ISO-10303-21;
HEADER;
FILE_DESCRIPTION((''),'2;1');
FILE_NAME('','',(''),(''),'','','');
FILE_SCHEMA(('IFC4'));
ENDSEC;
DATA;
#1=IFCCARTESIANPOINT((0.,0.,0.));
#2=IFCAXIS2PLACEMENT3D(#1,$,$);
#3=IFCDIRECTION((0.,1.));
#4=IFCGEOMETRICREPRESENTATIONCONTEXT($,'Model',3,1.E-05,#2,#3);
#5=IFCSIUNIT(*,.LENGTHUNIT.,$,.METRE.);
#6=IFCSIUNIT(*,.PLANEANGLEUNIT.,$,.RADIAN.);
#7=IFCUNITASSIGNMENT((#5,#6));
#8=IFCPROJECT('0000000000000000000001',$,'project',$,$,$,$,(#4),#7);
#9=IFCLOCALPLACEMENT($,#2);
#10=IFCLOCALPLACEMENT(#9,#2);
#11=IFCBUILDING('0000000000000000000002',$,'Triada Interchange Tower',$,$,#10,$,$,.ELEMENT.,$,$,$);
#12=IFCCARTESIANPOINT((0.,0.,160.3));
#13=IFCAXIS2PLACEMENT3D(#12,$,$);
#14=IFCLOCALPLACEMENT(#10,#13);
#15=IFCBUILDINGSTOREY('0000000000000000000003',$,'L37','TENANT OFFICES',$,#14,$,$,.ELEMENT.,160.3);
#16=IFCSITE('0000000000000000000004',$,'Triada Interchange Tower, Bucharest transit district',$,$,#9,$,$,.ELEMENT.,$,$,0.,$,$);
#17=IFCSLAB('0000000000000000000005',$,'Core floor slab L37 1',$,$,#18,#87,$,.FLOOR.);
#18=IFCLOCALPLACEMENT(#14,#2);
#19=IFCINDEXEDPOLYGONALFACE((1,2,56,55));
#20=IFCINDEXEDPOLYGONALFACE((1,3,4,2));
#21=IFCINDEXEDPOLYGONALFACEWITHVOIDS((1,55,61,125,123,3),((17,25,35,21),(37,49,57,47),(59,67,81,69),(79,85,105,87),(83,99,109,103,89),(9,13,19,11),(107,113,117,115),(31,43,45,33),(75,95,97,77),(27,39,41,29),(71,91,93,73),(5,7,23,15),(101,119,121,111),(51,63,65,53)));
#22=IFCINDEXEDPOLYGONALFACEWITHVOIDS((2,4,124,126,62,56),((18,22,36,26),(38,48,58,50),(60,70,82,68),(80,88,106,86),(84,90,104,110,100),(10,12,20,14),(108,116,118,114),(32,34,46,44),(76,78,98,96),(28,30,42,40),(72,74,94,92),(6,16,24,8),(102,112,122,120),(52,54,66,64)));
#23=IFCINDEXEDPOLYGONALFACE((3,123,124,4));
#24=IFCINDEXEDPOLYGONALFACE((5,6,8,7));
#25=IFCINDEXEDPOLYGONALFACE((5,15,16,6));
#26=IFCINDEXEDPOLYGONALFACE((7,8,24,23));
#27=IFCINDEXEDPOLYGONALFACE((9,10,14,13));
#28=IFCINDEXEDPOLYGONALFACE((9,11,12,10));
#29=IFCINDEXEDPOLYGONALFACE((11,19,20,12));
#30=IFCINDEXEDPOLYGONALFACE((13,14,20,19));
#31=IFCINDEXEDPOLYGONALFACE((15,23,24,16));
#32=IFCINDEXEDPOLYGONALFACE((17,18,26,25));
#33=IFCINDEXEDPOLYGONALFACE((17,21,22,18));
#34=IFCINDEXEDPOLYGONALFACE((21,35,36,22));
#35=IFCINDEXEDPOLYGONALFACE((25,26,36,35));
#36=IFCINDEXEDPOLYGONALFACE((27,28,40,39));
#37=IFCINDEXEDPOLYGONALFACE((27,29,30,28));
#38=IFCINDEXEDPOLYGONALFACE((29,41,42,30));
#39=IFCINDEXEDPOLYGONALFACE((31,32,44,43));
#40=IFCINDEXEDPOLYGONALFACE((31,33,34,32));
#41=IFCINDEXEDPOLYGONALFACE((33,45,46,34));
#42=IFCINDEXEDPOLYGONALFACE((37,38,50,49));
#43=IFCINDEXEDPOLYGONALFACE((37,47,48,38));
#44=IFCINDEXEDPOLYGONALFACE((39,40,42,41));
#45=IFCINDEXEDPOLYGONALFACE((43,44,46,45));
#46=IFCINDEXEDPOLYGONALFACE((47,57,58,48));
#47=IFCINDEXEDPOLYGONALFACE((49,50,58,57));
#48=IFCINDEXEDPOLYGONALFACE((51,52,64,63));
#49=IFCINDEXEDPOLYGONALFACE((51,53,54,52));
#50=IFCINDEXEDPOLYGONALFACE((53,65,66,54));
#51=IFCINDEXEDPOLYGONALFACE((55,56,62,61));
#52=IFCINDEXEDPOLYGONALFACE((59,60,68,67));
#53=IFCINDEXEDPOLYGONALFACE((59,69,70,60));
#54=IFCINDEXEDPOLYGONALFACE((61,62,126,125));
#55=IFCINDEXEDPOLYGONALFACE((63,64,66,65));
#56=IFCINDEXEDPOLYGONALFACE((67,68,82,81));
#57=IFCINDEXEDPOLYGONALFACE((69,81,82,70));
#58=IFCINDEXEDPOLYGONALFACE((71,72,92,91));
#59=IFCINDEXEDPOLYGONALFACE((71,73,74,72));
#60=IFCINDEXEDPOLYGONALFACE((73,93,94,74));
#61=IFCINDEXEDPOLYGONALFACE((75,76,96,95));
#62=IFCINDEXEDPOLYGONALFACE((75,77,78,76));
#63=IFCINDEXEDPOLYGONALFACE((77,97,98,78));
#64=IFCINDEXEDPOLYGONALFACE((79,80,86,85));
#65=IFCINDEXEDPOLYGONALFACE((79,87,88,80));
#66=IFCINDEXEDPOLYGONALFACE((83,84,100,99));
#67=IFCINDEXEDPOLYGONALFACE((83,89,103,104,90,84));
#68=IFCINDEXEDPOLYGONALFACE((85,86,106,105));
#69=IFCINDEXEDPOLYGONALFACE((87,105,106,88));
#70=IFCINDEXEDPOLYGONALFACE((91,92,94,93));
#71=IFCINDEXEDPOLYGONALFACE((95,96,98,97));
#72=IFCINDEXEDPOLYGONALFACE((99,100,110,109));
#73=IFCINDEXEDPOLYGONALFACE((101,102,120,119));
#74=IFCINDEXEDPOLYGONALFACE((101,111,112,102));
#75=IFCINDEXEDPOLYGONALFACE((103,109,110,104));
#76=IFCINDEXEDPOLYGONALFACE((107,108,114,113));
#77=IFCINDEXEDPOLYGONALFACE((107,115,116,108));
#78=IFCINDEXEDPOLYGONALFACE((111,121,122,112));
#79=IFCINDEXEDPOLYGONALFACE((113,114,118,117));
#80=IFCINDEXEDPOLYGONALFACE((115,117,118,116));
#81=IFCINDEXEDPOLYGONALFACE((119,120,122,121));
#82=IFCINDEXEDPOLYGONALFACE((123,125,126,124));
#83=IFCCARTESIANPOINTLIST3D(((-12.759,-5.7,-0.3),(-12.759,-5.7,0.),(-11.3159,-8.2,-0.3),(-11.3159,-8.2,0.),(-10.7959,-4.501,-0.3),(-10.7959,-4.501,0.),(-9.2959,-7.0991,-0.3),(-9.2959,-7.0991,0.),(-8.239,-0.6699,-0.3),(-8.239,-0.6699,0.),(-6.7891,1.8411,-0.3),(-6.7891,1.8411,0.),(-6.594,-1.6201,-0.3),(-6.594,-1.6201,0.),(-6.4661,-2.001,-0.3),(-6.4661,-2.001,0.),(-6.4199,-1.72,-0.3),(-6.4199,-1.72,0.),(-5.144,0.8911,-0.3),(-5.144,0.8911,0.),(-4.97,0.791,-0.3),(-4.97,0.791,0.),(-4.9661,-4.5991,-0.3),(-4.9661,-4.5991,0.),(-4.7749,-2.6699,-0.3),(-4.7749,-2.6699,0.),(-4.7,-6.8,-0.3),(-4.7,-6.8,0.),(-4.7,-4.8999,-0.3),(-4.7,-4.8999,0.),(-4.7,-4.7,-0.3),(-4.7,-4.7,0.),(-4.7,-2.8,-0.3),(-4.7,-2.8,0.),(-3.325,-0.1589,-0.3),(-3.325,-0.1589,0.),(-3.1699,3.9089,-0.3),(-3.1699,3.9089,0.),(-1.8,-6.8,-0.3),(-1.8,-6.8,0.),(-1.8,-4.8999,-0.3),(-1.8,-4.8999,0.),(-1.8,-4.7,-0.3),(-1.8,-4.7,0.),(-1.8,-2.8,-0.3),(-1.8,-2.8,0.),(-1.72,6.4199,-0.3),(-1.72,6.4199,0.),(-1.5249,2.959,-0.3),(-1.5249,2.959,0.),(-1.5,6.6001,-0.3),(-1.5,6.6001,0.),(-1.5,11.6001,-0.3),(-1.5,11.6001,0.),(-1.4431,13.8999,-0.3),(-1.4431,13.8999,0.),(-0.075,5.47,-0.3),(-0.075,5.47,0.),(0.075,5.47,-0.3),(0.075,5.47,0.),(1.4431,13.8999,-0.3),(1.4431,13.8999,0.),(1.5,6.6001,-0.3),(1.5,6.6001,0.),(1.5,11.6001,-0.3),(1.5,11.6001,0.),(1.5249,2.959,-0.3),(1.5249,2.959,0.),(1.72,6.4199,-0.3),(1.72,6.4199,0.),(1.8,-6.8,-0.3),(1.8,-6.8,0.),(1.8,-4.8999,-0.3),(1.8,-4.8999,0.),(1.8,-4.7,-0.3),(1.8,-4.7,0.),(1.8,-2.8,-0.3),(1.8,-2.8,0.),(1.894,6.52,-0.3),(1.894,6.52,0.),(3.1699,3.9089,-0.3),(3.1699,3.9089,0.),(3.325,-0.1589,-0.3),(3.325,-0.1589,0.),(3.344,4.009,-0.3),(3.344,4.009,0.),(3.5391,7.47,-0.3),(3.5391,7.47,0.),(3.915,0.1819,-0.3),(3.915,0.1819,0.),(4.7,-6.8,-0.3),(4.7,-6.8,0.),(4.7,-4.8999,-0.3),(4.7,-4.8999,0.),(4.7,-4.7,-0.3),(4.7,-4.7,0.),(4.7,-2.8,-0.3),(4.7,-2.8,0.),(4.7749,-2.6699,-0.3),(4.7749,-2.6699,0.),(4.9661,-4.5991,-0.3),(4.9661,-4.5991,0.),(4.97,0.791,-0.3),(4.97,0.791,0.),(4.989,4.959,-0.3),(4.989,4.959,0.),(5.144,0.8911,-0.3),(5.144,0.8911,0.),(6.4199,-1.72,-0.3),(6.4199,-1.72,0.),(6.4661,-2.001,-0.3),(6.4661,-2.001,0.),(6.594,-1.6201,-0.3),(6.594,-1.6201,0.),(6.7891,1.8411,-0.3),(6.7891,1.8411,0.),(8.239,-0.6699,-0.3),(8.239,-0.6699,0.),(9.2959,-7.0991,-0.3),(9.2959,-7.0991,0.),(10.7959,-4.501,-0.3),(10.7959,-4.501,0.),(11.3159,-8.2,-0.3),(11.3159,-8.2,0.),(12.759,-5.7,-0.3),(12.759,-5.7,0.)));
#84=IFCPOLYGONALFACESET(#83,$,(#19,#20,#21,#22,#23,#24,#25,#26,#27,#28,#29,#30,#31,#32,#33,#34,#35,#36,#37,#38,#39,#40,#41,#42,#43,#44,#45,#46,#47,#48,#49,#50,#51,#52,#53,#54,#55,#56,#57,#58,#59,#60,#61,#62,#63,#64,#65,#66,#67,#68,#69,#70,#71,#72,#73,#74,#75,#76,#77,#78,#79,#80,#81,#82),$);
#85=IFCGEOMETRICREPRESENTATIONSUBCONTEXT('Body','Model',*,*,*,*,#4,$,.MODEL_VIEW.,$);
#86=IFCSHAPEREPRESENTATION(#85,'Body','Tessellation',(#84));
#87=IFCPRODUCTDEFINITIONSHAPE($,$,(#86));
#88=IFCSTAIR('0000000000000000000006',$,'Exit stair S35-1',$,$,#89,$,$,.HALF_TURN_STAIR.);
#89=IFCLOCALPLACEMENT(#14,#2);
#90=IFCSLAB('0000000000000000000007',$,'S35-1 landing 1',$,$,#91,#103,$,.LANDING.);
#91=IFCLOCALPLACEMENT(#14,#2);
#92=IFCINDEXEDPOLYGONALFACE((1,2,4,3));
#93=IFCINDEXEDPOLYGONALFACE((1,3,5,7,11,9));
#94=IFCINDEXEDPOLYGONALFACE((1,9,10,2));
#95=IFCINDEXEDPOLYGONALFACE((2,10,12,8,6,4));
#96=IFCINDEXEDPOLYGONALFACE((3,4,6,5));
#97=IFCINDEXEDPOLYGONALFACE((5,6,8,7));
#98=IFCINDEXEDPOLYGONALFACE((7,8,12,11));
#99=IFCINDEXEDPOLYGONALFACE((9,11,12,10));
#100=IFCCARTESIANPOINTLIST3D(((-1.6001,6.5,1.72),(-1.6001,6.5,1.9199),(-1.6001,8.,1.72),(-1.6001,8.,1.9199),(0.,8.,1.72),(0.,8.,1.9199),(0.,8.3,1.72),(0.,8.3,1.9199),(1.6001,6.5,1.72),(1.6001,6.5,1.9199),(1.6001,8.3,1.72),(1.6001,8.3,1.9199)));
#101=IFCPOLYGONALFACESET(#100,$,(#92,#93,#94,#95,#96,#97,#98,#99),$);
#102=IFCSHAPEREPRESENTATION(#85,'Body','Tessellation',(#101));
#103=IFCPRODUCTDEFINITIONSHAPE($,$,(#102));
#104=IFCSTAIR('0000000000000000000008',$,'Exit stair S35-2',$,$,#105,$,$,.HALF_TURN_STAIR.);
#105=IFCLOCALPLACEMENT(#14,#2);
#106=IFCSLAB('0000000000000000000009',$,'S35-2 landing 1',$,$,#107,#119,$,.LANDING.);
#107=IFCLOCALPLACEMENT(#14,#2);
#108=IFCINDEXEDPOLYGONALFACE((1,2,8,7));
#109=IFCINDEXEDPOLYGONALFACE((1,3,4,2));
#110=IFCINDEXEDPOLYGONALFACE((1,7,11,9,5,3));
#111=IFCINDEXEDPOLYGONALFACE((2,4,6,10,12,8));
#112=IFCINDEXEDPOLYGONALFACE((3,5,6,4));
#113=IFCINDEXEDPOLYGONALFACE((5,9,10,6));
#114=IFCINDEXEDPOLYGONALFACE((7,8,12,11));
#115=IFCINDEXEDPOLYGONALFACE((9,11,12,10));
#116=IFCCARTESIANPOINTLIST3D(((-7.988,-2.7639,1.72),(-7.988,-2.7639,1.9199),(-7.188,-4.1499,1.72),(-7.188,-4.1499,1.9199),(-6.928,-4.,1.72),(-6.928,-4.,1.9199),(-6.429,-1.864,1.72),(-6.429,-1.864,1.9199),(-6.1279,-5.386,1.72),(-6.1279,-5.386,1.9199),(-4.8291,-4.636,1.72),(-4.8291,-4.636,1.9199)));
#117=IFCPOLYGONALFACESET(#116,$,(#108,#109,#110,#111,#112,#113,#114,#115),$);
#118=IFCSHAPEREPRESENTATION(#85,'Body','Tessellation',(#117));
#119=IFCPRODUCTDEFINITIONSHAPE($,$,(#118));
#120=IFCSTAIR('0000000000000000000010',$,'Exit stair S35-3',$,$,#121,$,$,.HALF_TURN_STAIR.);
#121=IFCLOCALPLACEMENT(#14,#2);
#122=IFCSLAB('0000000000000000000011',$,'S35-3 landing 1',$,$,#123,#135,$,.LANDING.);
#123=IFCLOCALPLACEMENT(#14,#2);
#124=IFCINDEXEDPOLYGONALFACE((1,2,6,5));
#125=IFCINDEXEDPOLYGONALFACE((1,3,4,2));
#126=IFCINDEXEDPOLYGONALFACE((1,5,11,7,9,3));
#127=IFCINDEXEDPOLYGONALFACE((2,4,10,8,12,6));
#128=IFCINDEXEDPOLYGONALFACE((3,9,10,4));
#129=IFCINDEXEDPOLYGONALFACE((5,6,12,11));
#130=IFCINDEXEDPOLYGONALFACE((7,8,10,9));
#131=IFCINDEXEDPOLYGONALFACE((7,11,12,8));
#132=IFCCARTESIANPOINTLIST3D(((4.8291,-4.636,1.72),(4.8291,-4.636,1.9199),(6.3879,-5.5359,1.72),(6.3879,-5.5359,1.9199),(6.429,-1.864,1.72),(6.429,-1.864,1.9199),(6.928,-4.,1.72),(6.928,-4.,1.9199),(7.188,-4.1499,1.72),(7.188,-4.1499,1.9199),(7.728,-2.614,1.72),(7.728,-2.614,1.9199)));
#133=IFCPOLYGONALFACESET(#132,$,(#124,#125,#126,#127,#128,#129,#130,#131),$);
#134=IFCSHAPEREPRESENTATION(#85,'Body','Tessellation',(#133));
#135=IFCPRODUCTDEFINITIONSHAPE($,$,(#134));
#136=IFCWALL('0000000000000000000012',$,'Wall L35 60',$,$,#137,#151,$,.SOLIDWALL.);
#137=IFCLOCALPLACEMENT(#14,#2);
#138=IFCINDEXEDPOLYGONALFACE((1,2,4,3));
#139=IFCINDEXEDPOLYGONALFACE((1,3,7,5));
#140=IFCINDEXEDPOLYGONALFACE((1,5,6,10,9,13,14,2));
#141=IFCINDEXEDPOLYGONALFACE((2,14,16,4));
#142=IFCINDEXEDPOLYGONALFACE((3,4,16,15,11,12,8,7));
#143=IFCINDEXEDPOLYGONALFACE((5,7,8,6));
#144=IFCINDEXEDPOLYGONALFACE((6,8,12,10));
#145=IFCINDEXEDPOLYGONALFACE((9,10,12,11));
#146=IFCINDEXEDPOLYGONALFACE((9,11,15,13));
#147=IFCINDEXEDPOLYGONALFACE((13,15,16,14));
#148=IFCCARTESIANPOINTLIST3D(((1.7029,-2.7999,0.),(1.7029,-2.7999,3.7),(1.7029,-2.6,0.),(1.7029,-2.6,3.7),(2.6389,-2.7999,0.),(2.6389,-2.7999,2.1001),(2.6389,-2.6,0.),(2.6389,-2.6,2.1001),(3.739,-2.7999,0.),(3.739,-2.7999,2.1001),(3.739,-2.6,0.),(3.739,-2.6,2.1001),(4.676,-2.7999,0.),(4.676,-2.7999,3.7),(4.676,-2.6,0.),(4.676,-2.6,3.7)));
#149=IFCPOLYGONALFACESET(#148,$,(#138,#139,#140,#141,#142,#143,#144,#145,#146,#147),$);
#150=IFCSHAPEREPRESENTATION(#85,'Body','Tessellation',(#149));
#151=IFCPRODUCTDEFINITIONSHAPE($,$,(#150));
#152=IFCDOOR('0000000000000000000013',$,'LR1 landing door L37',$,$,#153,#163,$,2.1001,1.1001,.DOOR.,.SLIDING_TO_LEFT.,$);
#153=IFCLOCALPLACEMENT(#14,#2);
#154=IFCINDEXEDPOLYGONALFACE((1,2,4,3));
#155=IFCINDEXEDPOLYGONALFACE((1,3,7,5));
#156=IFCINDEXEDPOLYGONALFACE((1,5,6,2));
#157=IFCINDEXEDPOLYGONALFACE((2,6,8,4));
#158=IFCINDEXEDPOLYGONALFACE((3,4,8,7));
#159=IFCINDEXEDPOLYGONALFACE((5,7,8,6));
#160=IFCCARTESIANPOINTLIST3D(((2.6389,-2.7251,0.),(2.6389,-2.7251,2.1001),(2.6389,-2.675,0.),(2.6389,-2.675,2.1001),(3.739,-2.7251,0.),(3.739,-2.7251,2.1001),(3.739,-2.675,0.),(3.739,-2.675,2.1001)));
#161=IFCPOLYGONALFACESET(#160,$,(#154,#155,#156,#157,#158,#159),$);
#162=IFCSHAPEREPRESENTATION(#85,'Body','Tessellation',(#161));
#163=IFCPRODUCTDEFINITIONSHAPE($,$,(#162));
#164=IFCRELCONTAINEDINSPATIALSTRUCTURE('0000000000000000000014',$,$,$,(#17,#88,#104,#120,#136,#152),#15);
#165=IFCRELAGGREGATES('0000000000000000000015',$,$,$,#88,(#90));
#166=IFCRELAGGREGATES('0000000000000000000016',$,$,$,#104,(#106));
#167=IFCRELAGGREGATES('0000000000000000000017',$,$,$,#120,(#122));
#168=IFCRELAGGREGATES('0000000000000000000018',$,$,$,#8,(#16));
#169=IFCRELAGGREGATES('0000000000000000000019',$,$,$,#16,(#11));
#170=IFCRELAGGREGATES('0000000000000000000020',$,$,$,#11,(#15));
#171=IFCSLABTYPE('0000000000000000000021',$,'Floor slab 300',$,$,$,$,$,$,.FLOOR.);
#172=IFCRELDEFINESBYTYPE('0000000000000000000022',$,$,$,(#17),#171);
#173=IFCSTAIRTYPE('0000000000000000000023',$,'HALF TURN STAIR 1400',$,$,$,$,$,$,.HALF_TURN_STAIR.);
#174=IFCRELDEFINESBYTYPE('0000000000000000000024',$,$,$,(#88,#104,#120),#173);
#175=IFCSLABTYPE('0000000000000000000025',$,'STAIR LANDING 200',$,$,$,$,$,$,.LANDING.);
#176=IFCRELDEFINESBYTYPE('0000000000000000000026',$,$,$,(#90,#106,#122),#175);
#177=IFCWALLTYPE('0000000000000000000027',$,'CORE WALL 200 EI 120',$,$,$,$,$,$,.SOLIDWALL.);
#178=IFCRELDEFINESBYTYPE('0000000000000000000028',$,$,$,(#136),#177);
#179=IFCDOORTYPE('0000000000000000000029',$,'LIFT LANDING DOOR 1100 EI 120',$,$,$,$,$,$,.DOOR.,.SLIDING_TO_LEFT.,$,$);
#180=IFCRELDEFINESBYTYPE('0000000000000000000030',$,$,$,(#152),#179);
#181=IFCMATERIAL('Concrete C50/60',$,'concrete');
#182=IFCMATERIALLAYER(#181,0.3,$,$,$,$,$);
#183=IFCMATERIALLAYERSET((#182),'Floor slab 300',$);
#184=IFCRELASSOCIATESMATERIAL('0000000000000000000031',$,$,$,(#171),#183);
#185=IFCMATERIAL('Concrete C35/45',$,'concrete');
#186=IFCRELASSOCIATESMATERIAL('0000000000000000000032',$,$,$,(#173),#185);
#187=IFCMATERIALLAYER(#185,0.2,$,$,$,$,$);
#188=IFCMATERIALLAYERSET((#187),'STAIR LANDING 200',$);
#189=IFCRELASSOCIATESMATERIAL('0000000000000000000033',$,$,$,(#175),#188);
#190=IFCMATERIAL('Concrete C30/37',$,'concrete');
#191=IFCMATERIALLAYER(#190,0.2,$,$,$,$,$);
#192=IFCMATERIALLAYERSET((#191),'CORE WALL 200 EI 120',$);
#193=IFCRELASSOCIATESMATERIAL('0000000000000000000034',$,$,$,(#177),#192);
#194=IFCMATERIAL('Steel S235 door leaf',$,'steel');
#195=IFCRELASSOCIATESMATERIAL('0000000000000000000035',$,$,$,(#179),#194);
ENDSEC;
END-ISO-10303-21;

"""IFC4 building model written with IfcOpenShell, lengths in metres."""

from ifc_helpers import new_model, si_unit, direction, frame, frame_2d, origin, place, context, subcontext, project, spatial, polyline, rectangle, outline, extrude, material, layer, layer_set, type_object, element, fill, aggregate, save


model = new_model("IFC4")

# Units and contexts
model_context = context("Model", 3, precision=1e-05, world=origin(), true_north=direction((0.0, 1.0)))
body_context = subcontext(model_context, "Body", "Model", "MODEL_VIEW")
ifc_project = project(units=[si_unit("LENGTHUNIT", "METRE"), si_unit("PLANEANGLEUNIT", "RADIAN")], contexts=[model_context])

# Site, building, storey
site_placement = place(None, origin())
site = spatial("IfcSite", under=ifc_project, at=site_placement, Name="Triada Interchange Tower, Bucharest transit district", CompositionType="ELEMENT", RefElevation=0.0)
building_placement = place(site_placement, origin())
building = spatial("IfcBuilding", under=site, at=building_placement, Name="Triada Interchange Tower", CompositionType="ELEMENT")
storey_placement = place(building_placement, frame((0.0, 0.0, 160.3)))
storey = spatial("IfcBuildingStorey", under=building, at=storey_placement, Name="L37", Description="TENANT OFFICES", CompositionType="ELEMENT", Elevation=160.3)

# Slab
ifc_material_1 = material(Name="Concrete C50/60", Category="concrete")
ifc_layer_1 = layer(ifc_material_1, 0.3)
ifc_layer_set_1 = layer_set([ifc_layer_1], Name="Floor slab 300")
slab_type_1 = type_object("IfcSlabType", Name="Floor slab 300", PredefinedType="FLOOR", material=ifc_layer_set_1)
slab_1_placement = place(storey_placement, frame((0.0, 0.0, -0.3)))
element("IfcSlab", 1, at=slab_1_placement, inside=storey, type_object=slab_type_1, Name="Core floor slab L37 1", PredefinedType="FLOOR", context=body_context, shape_type="SweptSolid", body=[
    extrude(outline(polyline([(12.759, -5.7), (11.3159, -8.2), (-11.3159, -8.2), (-12.759, -5.7), (-1.4431, 13.8999), (1.4431, 13.8999), (12.759, -5.7)]), holes=[polyline([(9.2959, -7.0991), (10.7959, -4.501), (6.4661, -2.001), (4.9661, -4.5991), (9.2959, -7.0991)]), polyline([(6.7891, 1.8411), (5.144, 0.8911), (6.594, -1.6201), (8.239, -0.6699), (6.7891, 1.8411)]), polyline([(4.7749, -2.6699), (6.4199, -1.72), (4.97, 0.791), (3.915, 0.1819), (3.325, -0.1589), (4.7749, -2.6699)]), polyline([(1.894, 6.52), (3.344, 4.009), (4.989, 4.959), (3.5391, 7.47), (1.894, 6.52)]), polyline([(4.7, -6.8), (4.7, -4.8999), (1.8, -4.8999), (1.8, -6.8), (4.7, -6.8)]), polyline([(4.7, -2.8), (1.8, -2.8), (1.8, -4.7), (4.7, -4.7), (4.7, -2.8)]), polyline([(0.075, 5.47), (1.5249, 2.959), (3.1699, 3.9089), (1.72, 6.4199), (0.075, 5.47)]), polyline([(1.5, 11.6001), (-1.5, 11.6001), (-1.5, 6.6001), (1.5, 6.6001), (1.5, 11.6001)]), polyline([(-1.5249, 2.959), (-0.075, 5.47), (-1.72, 6.4199), (-3.1699, 3.9089), (-1.5249, 2.959)]), polyline([(-1.8, -2.8), (-4.7, -2.8), (-4.7, -4.7), (-1.8, -4.7), (-1.8, -2.8)]), polyline([(-4.7, -6.8), (-1.8, -6.8), (-1.8, -4.8999), (-4.7, -4.8999), (-4.7, -6.8)]), polyline([(-4.7749, -2.6699), (-3.325, -0.1589), (-4.97, 0.791), (-6.4199, -1.72), (-4.7749, -2.6699)]), polyline([(-10.7959, -4.501), (-9.2959, -7.0991), (-4.9661, -4.5991), (-6.4661, -2.001), (-10.7959, -4.501)]), polyline([(-6.594, -1.6201), (-5.144, 0.8911), (-6.7891, 1.8411), (-8.239, -0.6699), (-6.594, -1.6201)])]), origin(), (0.0, 0.0, 1.0), 0.3),
])

# Stairs, slabs
ifc_material_2 = material(Name="Concrete C35/45", Category="concrete")
stair_type = type_object("IfcStairType", Name="HALF TURN STAIR 1400", PredefinedType="HALF_TURN_STAIR", material=ifc_material_2)
stair_1_placement = place(storey_placement, origin())
stair_1 = element("IfcStair", 2, at=stair_1_placement, inside=storey, type_object=stair_type, Name="Exit stair S35-1", PredefinedType="HALF_TURN_STAIR")
ifc_layer_2 = layer(ifc_material_2, 0.2)
ifc_layer_set_2 = layer_set([ifc_layer_2], Name="STAIR LANDING 200")
slab_type_2 = type_object("IfcSlabType", Name="STAIR LANDING 200", PredefinedType="LANDING", material=ifc_layer_set_2)
slab_2_placement = place(storey_placement, frame((0.0, 0.0, 1.72)))
slab_2 = element("IfcSlab", 3, at=slab_2_placement, type_object=slab_type_2, Name="S35-1 landing 1", PredefinedType="LANDING", context=body_context, shape_type="SweptSolid", body=[
    extrude(outline(polyline([(1.6001, 6.5), (1.6001, 8.3), (0.0, 8.3), (0.0, 8.0), (-1.6001, 8.0), (-1.6001, 6.5), (1.6001, 6.5)])), origin(), (0.0, 0.0, 1.0), 0.2),
])
aggregate(stair_1, [slab_2])
stair_2_placement = place(storey_placement, origin())
stair_2 = element("IfcStair", 4, at=stair_2_placement, inside=storey, type_object=stair_type, Name="Exit stair S35-2", PredefinedType="HALF_TURN_STAIR")
slab_3_placement = place(storey_placement, frame((0.0, 0.0, 1.72)))
slab_3 = element("IfcSlab", 5, at=slab_3_placement, type_object=slab_type_2, Name="S35-2 landing 1", PredefinedType="LANDING", context=body_context, shape_type="SweptSolid", body=[
    extrude(outline(polyline([(-6.429, -1.864), (-7.988, -2.7639), (-7.188, -4.1499), (-6.928, -4.0), (-6.1279, -5.386), (-4.8291, -4.636), (-6.429, -1.864)])), origin(), (0.0, 0.0, 1.0), 0.2),
])
aggregate(stair_2, [slab_3])
stair_3_placement = place(storey_placement, origin())
stair_3 = element("IfcStair", 6, at=stair_3_placement, inside=storey, type_object=stair_type, Name="Exit stair S35-3", PredefinedType="HALF_TURN_STAIR")
slab_4_placement = place(storey_placement, frame((0.0, 0.0, 1.72)))
slab_4 = element("IfcSlab", 7, at=slab_4_placement, type_object=slab_type_2, Name="S35-3 landing 1", PredefinedType="LANDING", context=body_context, shape_type="SweptSolid", body=[
    extrude(outline(polyline([(4.8291, -4.636), (6.3879, -5.5359), (7.188, -4.1499), (6.928, -4.0), (7.728, -2.614), (6.429, -1.864), (4.8291, -4.636)])), origin(), (0.0, 0.0, 1.0), 0.2),
])

# Wall, opening, door
ifc_material_3 = material(Name="Concrete C30/37", Category="concrete")
ifc_layer_3 = layer(ifc_material_3, 0.2)
ifc_layer_set_3 = layer_set([ifc_layer_3], Name="CORE WALL 200 EI 120")
wall_type_1 = type_object("IfcWallType", Name="CORE WALL 200 EI 120", PredefinedType="SOLIDWALL", material=ifc_layer_set_3)
wall_1_placement = place(storey_placement, frame((1.7029, -2.7, 0.0), z_axis=(0.0, 0.0, 1.0), x_axis=(1.0, 0.0, 0.0)))
wall_1 = element("IfcWall", 8, at=wall_1_placement, inside=storey, type_object=wall_type_1, Name="Wall L35 60", PredefinedType="SOLIDWALL", context=body_context, shape_type="SweptSolid", body=[
    extrude(rectangle(XDim=2.9731, YDim=0.2, at=frame_2d((1.4866, 0.0))), origin(), (0.0, 0.0, 1.0), 3.7),
])
opening_1_placement = place(wall_1_placement, frame((0.936, 0.0, 0.0)))
opening_1 = element("IfcOpeningElement", 9, at=opening_1_placement, cuts=wall_1, PredefinedType="OPENING", context=body_context, shape_type="SweptSolid", body=[
    extrude(rectangle(XDim=1.1001, YDim=2.1001, at=frame_2d((0.55, 1.05))), frame((0.0, 0.1099, 0.0), z_axis=(0.0, -1.0, 0.0), x_axis=(1.0, 0.0, 0.0)), (0.0, 0.0, 1.0), 0.22),
])
ifc_material_4 = material(Name="Steel S235 door leaf", Category="steel")
door_type = type_object("IfcDoorType", Name="LIFT LANDING DOOR 1100 EI 120", OperationType="SLIDING_TO_LEFT", PredefinedType="DOOR", material=ifc_material_4)
door_1_placement = place(opening_1_placement, origin())
door_1 = element("IfcDoor", 10, at=door_1_placement, inside=storey, type_object=door_type, Name="LR1 landing door L37", OperationType="SLIDING_TO_LEFT", OverallHeight=2.1001, OverallWidth=1.1001, PredefinedType="DOOR", context=body_context, shape_type="SweptSolid", body=[
    extrude(rectangle(XDim=1.1001, YDim=2.1001, at=frame_2d((0.55, 1.05))), frame((0.0, 0.0249, 0.0), z_axis=(0.0, -1.0, 0.0), x_axis=(1.0, 0.0, 0.0)), (0.0, 0.0, 1.0), 0.05),
])
fill(opening_1, door_1)

aggregate(stair_3, [slab_4])

save(model, "model.ifc")
